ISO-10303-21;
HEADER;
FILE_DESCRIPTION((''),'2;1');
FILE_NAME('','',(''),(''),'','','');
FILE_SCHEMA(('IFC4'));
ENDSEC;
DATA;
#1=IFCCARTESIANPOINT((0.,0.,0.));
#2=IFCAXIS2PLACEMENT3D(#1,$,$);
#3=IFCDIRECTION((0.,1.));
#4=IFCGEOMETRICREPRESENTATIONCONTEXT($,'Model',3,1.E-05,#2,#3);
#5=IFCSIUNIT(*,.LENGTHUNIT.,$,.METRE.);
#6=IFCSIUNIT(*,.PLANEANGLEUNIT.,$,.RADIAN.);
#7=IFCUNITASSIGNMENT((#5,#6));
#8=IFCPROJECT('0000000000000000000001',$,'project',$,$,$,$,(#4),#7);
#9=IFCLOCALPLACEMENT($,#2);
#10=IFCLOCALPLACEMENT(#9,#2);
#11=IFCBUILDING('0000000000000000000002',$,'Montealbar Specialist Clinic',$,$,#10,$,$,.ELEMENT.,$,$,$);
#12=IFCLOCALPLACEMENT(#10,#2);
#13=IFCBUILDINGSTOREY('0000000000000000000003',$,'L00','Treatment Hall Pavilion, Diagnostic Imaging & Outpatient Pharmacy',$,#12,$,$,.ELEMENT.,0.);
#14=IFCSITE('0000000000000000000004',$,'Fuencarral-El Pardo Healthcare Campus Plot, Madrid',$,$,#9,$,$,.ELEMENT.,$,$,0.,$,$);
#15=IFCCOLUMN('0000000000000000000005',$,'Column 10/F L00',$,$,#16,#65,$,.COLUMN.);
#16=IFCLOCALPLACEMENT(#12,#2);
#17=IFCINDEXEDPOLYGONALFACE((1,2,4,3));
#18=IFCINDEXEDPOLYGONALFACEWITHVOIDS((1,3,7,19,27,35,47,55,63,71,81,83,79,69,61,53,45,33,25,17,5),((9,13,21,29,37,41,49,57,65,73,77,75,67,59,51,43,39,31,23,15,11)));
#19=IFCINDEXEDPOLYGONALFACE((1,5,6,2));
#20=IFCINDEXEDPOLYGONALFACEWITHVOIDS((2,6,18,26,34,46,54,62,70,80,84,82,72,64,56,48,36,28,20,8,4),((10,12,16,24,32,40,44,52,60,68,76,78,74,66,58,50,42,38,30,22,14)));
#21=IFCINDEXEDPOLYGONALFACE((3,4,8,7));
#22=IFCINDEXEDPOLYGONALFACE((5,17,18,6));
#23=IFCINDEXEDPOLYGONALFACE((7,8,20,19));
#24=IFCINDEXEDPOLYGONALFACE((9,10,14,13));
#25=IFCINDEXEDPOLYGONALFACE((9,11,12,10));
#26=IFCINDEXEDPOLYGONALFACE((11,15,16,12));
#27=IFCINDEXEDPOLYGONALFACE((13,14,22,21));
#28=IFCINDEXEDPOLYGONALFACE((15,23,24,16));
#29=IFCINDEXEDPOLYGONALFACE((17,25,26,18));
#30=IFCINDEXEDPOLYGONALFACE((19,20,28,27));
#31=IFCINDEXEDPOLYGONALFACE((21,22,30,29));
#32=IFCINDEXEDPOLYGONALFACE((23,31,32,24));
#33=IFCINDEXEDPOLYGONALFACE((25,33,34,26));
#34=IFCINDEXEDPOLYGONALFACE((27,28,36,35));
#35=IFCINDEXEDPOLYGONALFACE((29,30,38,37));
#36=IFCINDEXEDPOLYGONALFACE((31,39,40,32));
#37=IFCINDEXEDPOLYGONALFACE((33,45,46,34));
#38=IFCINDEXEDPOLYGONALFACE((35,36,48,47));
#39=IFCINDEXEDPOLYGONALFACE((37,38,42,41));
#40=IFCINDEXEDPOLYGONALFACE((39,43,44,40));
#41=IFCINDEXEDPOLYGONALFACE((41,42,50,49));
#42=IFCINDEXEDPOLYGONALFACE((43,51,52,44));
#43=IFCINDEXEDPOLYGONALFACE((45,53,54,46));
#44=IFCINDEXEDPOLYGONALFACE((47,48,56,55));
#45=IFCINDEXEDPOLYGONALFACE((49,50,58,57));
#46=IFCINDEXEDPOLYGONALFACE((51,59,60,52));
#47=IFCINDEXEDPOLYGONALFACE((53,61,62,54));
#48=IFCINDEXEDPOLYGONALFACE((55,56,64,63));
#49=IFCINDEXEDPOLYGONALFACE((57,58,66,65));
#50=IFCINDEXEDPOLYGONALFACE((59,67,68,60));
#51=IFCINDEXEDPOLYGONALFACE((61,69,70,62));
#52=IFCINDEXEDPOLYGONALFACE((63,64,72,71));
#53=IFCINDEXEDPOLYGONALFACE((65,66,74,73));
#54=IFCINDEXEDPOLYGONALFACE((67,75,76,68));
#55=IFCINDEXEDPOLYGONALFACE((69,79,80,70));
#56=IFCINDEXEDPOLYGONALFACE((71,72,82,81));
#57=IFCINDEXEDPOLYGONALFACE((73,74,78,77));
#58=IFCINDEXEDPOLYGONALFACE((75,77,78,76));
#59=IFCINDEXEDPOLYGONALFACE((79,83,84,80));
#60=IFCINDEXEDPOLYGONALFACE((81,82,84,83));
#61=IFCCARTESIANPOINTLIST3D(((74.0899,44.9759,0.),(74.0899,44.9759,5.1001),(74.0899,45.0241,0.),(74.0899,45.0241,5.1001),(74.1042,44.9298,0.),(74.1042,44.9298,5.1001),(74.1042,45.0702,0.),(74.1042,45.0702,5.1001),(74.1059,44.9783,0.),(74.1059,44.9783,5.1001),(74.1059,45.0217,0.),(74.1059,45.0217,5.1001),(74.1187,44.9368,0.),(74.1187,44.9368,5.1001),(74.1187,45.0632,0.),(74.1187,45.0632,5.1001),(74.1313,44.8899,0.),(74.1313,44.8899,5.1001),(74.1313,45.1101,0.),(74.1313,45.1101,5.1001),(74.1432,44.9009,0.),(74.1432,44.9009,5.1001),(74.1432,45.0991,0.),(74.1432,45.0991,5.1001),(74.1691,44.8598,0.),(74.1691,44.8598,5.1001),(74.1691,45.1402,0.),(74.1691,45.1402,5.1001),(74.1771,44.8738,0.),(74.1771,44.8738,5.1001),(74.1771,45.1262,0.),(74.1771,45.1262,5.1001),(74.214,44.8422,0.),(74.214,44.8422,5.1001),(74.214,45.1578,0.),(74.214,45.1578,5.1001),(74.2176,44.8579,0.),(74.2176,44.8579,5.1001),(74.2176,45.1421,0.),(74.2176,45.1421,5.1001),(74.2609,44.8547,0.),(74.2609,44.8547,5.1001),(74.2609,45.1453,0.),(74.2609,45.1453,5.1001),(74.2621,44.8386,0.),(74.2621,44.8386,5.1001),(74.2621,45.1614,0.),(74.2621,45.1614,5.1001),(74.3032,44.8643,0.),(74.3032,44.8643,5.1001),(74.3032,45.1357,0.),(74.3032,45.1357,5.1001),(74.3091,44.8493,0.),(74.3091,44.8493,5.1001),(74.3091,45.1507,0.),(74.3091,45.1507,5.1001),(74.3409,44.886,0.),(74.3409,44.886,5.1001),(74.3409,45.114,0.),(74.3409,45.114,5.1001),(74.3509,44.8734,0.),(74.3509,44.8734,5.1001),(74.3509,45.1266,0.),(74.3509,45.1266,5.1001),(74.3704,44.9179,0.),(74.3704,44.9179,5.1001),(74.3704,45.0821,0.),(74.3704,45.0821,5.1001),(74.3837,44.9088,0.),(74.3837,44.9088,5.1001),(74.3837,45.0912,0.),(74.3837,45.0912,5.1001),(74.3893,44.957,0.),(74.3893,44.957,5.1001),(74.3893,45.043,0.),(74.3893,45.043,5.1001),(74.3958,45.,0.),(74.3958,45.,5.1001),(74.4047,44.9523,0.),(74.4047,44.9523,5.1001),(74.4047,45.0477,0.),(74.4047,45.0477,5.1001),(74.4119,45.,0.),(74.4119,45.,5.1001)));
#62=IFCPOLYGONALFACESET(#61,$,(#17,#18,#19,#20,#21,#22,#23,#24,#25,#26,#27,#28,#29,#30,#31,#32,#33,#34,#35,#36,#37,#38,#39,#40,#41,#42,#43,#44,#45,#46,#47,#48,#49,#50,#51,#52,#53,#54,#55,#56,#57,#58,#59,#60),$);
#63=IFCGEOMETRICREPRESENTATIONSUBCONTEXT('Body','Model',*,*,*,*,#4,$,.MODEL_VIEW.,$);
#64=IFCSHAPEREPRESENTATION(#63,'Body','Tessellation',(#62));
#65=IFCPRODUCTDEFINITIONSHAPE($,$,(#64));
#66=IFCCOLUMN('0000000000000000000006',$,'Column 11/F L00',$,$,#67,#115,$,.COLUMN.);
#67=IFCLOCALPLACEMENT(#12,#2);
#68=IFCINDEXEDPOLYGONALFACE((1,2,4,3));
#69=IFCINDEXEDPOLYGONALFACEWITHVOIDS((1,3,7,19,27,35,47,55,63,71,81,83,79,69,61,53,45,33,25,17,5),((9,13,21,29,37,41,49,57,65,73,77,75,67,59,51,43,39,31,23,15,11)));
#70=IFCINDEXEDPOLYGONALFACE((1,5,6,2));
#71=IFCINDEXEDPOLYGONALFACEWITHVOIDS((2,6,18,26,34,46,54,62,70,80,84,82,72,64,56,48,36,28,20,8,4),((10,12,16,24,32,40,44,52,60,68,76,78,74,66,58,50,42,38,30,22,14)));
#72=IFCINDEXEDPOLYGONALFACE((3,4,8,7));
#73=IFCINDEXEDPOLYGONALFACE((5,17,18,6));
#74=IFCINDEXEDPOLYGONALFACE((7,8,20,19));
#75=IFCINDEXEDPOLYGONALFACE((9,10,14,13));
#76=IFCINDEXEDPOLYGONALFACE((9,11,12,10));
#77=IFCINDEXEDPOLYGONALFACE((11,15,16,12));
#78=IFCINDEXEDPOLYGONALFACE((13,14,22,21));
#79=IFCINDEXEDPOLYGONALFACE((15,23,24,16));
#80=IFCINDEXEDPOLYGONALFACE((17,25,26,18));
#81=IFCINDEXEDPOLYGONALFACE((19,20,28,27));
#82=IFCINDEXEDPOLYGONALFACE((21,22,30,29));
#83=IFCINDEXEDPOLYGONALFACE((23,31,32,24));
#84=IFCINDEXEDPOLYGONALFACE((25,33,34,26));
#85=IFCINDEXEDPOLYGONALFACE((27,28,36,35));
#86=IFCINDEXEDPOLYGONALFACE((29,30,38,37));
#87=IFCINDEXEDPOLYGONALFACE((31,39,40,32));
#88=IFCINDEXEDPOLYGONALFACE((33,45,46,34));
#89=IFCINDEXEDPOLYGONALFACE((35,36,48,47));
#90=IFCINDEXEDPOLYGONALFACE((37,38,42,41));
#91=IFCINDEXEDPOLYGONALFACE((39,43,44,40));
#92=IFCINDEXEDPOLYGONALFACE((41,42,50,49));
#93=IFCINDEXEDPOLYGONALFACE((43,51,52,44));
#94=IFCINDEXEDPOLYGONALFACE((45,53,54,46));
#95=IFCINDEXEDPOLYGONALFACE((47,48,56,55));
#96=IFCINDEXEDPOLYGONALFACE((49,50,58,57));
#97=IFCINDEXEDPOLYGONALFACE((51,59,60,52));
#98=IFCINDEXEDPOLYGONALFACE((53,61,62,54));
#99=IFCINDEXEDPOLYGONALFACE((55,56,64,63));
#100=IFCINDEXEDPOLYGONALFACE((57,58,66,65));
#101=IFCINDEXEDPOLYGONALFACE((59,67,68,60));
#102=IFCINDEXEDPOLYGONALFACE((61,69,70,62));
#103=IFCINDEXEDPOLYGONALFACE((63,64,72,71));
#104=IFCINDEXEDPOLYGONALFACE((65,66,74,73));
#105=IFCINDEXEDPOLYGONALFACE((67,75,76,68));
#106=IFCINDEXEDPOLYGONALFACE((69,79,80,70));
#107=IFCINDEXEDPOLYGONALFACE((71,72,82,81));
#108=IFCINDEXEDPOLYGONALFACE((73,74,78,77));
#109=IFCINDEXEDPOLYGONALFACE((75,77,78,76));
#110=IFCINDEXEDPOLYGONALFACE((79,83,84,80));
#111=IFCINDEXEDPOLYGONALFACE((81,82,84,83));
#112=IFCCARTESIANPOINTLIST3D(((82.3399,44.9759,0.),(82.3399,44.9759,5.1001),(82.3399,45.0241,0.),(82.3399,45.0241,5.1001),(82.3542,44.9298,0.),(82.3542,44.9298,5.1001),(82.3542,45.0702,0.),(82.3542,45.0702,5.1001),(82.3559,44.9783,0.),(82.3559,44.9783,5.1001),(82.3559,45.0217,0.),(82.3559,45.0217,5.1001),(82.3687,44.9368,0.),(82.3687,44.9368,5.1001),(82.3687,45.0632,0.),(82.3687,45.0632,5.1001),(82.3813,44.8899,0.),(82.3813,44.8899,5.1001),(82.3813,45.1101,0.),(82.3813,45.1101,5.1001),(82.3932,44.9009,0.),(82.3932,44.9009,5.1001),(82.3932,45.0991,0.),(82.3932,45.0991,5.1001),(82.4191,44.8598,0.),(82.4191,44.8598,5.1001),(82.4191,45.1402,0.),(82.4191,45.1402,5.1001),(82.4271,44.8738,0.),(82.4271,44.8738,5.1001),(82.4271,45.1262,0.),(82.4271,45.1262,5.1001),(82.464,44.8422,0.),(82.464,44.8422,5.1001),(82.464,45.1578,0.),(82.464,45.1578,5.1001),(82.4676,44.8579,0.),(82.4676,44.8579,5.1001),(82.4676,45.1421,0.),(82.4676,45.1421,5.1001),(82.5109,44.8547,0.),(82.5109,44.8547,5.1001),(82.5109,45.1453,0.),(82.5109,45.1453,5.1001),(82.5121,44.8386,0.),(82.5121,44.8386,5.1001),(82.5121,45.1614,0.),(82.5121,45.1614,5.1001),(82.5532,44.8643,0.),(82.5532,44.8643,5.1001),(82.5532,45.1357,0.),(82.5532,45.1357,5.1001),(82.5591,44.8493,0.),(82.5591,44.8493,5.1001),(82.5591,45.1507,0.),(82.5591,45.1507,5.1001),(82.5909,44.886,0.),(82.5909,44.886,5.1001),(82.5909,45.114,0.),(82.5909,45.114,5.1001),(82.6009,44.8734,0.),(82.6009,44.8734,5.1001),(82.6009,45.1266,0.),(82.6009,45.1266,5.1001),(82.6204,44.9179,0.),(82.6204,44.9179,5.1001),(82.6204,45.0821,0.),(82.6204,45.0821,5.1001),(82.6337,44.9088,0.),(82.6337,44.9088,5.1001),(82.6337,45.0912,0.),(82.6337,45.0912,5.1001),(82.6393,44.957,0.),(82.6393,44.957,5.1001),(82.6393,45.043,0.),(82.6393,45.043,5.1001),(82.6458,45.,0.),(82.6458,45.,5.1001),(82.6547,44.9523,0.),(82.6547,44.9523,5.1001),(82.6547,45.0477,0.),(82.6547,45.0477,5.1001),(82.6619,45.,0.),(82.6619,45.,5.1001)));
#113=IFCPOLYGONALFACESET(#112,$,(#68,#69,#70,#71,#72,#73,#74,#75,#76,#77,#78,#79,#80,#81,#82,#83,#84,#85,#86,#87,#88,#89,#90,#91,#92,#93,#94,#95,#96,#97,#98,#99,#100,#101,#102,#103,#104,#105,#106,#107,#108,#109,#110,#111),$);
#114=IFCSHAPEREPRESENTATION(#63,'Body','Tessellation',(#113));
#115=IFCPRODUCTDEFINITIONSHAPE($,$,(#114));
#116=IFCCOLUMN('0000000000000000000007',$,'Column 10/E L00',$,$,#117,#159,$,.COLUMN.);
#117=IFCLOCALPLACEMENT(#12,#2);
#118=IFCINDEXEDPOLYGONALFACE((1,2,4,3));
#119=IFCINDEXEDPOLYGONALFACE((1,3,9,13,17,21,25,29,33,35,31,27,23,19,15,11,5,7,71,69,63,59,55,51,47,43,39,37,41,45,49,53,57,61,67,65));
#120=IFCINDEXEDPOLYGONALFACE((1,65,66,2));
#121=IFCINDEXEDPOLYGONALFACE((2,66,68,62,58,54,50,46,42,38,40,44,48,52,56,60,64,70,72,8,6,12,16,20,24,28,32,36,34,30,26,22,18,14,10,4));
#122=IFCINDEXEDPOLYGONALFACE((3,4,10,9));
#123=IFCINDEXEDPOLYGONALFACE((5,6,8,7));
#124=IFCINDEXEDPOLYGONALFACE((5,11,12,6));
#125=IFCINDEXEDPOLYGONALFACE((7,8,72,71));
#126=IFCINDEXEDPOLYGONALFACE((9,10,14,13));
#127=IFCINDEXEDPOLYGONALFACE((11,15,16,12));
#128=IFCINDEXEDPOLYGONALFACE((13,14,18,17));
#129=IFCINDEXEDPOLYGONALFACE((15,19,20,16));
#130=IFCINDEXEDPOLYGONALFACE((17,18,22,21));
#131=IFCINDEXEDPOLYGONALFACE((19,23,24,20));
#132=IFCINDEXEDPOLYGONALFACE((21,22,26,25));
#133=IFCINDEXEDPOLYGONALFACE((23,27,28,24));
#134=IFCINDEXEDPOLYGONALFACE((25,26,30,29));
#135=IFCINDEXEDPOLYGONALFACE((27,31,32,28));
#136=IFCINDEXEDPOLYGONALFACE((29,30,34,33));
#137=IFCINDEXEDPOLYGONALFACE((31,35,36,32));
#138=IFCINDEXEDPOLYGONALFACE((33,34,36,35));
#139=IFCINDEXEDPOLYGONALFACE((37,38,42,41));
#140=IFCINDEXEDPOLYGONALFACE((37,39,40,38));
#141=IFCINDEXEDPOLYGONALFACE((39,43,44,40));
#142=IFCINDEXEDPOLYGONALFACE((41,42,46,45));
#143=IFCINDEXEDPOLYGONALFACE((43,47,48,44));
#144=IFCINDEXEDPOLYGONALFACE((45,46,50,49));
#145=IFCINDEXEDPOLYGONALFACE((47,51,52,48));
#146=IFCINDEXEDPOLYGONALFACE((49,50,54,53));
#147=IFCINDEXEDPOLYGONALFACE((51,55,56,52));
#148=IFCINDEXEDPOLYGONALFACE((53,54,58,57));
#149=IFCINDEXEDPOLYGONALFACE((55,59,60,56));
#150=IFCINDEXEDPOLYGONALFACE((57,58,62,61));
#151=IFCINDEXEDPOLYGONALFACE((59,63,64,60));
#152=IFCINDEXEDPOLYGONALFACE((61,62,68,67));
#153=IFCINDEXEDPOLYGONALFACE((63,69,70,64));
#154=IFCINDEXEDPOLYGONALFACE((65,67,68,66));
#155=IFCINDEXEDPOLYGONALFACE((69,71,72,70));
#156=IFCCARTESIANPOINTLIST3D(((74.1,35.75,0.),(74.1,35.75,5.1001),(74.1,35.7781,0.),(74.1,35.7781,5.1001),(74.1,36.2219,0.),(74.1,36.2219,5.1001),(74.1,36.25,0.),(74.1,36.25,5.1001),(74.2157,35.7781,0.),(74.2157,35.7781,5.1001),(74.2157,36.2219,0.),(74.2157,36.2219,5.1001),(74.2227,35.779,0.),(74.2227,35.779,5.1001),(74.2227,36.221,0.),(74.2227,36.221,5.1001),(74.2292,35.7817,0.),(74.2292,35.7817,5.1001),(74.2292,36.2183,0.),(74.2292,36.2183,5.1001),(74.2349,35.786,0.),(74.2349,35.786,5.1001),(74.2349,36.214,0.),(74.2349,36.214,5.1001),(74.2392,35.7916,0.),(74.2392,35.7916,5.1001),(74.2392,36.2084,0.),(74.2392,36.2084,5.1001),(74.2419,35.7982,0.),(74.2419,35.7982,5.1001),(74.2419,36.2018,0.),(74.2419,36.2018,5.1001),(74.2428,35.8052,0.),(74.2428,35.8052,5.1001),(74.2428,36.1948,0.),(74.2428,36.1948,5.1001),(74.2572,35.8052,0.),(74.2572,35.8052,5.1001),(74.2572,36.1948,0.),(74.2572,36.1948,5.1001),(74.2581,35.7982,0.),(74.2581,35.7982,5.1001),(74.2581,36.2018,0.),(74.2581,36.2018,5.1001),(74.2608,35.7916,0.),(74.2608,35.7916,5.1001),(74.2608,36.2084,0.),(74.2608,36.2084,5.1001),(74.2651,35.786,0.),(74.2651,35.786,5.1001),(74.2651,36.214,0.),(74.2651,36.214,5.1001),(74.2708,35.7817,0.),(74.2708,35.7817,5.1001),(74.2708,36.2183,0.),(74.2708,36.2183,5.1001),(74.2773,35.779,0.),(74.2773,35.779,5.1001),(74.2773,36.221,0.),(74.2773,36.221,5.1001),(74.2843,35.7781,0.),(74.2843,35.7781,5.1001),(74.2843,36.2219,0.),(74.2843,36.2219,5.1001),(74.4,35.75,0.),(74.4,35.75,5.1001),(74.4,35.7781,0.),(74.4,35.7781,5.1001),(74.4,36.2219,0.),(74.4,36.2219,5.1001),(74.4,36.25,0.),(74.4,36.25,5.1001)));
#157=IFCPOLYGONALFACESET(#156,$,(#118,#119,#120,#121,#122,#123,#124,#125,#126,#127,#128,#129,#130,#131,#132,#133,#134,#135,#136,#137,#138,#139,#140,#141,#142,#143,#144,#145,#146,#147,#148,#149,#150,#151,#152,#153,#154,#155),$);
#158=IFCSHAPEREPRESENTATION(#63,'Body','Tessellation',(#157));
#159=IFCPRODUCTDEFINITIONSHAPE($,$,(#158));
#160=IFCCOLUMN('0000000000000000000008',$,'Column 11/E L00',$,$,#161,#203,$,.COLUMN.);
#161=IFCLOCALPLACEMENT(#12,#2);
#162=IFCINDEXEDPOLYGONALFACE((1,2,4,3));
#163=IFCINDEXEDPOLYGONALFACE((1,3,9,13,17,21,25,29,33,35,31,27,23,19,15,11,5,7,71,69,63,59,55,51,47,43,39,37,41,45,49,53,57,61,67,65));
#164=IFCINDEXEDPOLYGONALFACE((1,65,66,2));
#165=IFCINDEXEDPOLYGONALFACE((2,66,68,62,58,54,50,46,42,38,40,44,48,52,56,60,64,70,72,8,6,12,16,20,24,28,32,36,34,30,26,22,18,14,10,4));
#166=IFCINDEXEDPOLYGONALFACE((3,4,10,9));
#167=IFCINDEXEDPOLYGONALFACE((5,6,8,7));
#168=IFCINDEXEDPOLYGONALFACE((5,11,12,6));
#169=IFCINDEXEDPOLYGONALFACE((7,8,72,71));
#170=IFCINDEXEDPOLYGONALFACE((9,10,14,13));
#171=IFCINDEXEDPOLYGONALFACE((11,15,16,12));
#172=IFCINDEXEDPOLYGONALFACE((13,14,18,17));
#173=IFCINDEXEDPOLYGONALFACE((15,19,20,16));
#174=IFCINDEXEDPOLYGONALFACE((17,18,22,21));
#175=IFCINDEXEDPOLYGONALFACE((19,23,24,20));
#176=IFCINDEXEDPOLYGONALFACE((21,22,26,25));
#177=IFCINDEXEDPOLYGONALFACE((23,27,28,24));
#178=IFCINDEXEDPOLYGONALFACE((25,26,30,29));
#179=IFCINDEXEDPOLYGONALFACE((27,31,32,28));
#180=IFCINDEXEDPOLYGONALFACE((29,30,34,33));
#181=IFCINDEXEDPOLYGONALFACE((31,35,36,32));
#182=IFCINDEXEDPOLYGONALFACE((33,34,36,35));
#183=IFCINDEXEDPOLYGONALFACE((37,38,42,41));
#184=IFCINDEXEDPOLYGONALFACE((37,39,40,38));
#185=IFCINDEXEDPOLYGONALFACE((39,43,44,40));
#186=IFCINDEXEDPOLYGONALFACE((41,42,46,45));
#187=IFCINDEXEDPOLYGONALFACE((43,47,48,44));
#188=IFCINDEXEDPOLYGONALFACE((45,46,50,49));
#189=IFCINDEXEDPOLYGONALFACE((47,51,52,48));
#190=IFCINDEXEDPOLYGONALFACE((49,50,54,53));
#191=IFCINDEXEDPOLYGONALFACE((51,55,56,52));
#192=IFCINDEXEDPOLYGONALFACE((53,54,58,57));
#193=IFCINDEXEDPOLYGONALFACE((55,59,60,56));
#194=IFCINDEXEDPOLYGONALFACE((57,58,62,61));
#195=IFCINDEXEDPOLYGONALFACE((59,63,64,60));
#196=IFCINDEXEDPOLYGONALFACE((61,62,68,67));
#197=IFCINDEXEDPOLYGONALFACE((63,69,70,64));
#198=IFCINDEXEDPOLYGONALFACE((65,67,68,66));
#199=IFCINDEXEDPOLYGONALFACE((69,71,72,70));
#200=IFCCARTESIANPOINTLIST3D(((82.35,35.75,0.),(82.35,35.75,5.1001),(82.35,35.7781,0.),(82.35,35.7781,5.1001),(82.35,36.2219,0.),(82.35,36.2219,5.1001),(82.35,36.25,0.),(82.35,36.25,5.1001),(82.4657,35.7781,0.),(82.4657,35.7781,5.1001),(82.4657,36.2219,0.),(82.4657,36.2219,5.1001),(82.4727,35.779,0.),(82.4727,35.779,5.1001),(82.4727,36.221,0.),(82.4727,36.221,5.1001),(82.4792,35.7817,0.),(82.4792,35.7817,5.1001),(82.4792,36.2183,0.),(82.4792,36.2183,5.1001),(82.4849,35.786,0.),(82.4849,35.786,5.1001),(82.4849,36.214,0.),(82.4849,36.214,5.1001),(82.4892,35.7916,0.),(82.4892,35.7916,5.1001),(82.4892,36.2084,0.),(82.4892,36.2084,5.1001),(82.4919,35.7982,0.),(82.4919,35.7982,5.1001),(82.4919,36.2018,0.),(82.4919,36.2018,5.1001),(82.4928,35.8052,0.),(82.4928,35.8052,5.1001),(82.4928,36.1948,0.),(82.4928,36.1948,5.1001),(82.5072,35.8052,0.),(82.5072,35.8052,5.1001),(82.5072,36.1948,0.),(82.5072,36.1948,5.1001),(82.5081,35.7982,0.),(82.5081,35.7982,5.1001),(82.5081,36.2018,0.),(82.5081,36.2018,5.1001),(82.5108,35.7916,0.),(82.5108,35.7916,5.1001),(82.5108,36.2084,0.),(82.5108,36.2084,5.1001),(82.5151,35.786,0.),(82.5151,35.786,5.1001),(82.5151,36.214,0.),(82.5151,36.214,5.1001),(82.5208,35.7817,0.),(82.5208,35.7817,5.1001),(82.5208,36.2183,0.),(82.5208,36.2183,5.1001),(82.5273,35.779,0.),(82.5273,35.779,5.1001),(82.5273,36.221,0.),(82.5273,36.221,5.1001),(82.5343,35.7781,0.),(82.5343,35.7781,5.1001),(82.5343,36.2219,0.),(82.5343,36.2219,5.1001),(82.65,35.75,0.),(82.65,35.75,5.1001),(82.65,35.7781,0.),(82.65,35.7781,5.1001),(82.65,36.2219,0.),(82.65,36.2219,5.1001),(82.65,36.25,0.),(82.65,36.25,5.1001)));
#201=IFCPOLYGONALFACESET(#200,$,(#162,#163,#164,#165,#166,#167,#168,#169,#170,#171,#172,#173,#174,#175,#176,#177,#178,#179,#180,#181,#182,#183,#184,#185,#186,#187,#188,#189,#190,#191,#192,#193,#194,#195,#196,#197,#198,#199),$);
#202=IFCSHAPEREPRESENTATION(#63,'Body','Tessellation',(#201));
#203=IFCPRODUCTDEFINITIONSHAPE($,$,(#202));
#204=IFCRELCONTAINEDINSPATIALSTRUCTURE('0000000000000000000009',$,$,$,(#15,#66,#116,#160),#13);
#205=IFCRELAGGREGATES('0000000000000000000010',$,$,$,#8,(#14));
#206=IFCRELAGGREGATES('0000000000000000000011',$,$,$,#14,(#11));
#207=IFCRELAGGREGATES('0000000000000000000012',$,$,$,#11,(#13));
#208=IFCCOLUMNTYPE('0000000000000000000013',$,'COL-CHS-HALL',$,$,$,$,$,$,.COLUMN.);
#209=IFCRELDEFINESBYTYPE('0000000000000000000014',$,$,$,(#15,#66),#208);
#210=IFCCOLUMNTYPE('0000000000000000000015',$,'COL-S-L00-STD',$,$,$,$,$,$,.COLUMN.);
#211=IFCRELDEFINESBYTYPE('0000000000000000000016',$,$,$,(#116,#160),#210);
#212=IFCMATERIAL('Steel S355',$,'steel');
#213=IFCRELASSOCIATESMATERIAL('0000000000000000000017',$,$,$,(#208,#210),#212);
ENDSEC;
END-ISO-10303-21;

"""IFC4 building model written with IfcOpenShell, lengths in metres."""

from ifc_helpers import new_model, si_unit, direction, frame, origin, origin_2d, place, context, subcontext, project, spatial, hollow_circle, i_section, extrude, material, material_profile, profile_set, type_object, element, save


model = new_model("IFC4")

# Units and contexts
model_context = context("Model", 3, precision=1e-05, world=origin(), true_north=direction((0.0, 1.0)))
body_context = subcontext(model_context, "Body", "Model", "MODEL_VIEW")
ifc_project = project(units=[si_unit("LENGTHUNIT", "METRE"), si_unit("PLANEANGLEUNIT", "RADIAN")], contexts=[model_context])

# Site, building, storey
site_placement = place(None, origin())
site = spatial("IfcSite", under=ifc_project, at=site_placement, Name="Fuencarral-El Pardo Healthcare Campus Plot, Madrid", CompositionType="ELEMENT", RefElevation=0.0)
building_placement = place(site_placement, origin())
building = spatial("IfcBuilding", under=site, at=building_placement, Name="Montealbar Specialist Clinic", CompositionType="ELEMENT")
storey_placement = place(building_placement, origin())
storey = spatial("IfcBuildingStorey", under=building, at=storey_placement, Name="L00", Description="Treatment Hall Pavilion, Diagnostic Imaging & Outpatient Pharmacy", CompositionType="ELEMENT", Elevation=0.0)

# Columns
ifc_material_1 = material(Name="Steel S355", Category="steel")
ifc_material_profile_1 = material_profile(ifc_material_1, hollow_circle(Radius=0.1619, WallThickness=0.0161, at=origin_2d()), Name="CHS 323.9x16.0", Category="steel")
ifc_profile_set_1 = profile_set([ifc_material_profile_1], Name="Steel S355")
column_type_1 = type_object("IfcColumnType", Name="COL-CHS-HALL", PredefinedType="COLUMN", material=ifc_profile_set_1)
for number, where, z_axis, x_axis, name in (
    (1, (74.25, 45.0, 0.0), (0.0, 0.0, 1.0), (1.0, 0.0, 0.0), "Column 10/F L00"),
    (2, (82.5, 45.0, 0.0), (0.0, 0.0, 1.0), (1.0, 0.0, 0.0), "Column 11/F L00"),
):
    element("IfcColumn", number, at=place(storey_placement, frame(where, z_axis=z_axis, x_axis=x_axis)), inside=storey, type_object=column_type_1, Name=name, PredefinedType="COLUMN", context=body_context, shape_type="SweptSolid", body=[
        extrude(hollow_circle(Radius=0.1619, WallThickness=0.0161, at=origin_2d()), origin(), (0.0, 0.0, 1.0), 5.1001),
    ])
ifc_material_profile_2 = material_profile(ifc_material_1, i_section(OverallWidth=0.3, OverallDepth=0.5, WebThickness=0.0144, FlangeThickness=0.0281, FilletRadius=0.0271, at=origin_2d()), Name="HEB 500", Category="steel")
ifc_profile_set_2 = profile_set([ifc_material_profile_2], Name="Steel S355")
column_type_2 = type_object("IfcColumnType", Name="COL-S-L00-STD", PredefinedType="COLUMN", material=ifc_profile_set_2)
for number, where, z_axis, x_axis, name in (
    (3, (74.25, 36.0, 0.0), (0.0, 0.0, 1.0), (1.0, 0.0, 0.0), "Column 10/E L00"),
    (4, (82.5, 36.0, 0.0), (0.0, 0.0, 1.0), (1.0, 0.0, 0.0), "Column 11/E L00"),
):
    element("IfcColumn", number, at=place(storey_placement, frame(where, z_axis=z_axis, x_axis=x_axis)), inside=storey, type_object=column_type_2, Name=name, PredefinedType="COLUMN", context=body_context, shape_type="SweptSolid", body=[
        extrude(i_section(OverallWidth=0.3, OverallDepth=0.5, WebThickness=0.0144, FlangeThickness=0.0281, FilletRadius=0.0271, at=origin_2d()), origin(), (0.0, 0.0, 1.0), 5.1001),
    ])

save(model, "model.ifc")
